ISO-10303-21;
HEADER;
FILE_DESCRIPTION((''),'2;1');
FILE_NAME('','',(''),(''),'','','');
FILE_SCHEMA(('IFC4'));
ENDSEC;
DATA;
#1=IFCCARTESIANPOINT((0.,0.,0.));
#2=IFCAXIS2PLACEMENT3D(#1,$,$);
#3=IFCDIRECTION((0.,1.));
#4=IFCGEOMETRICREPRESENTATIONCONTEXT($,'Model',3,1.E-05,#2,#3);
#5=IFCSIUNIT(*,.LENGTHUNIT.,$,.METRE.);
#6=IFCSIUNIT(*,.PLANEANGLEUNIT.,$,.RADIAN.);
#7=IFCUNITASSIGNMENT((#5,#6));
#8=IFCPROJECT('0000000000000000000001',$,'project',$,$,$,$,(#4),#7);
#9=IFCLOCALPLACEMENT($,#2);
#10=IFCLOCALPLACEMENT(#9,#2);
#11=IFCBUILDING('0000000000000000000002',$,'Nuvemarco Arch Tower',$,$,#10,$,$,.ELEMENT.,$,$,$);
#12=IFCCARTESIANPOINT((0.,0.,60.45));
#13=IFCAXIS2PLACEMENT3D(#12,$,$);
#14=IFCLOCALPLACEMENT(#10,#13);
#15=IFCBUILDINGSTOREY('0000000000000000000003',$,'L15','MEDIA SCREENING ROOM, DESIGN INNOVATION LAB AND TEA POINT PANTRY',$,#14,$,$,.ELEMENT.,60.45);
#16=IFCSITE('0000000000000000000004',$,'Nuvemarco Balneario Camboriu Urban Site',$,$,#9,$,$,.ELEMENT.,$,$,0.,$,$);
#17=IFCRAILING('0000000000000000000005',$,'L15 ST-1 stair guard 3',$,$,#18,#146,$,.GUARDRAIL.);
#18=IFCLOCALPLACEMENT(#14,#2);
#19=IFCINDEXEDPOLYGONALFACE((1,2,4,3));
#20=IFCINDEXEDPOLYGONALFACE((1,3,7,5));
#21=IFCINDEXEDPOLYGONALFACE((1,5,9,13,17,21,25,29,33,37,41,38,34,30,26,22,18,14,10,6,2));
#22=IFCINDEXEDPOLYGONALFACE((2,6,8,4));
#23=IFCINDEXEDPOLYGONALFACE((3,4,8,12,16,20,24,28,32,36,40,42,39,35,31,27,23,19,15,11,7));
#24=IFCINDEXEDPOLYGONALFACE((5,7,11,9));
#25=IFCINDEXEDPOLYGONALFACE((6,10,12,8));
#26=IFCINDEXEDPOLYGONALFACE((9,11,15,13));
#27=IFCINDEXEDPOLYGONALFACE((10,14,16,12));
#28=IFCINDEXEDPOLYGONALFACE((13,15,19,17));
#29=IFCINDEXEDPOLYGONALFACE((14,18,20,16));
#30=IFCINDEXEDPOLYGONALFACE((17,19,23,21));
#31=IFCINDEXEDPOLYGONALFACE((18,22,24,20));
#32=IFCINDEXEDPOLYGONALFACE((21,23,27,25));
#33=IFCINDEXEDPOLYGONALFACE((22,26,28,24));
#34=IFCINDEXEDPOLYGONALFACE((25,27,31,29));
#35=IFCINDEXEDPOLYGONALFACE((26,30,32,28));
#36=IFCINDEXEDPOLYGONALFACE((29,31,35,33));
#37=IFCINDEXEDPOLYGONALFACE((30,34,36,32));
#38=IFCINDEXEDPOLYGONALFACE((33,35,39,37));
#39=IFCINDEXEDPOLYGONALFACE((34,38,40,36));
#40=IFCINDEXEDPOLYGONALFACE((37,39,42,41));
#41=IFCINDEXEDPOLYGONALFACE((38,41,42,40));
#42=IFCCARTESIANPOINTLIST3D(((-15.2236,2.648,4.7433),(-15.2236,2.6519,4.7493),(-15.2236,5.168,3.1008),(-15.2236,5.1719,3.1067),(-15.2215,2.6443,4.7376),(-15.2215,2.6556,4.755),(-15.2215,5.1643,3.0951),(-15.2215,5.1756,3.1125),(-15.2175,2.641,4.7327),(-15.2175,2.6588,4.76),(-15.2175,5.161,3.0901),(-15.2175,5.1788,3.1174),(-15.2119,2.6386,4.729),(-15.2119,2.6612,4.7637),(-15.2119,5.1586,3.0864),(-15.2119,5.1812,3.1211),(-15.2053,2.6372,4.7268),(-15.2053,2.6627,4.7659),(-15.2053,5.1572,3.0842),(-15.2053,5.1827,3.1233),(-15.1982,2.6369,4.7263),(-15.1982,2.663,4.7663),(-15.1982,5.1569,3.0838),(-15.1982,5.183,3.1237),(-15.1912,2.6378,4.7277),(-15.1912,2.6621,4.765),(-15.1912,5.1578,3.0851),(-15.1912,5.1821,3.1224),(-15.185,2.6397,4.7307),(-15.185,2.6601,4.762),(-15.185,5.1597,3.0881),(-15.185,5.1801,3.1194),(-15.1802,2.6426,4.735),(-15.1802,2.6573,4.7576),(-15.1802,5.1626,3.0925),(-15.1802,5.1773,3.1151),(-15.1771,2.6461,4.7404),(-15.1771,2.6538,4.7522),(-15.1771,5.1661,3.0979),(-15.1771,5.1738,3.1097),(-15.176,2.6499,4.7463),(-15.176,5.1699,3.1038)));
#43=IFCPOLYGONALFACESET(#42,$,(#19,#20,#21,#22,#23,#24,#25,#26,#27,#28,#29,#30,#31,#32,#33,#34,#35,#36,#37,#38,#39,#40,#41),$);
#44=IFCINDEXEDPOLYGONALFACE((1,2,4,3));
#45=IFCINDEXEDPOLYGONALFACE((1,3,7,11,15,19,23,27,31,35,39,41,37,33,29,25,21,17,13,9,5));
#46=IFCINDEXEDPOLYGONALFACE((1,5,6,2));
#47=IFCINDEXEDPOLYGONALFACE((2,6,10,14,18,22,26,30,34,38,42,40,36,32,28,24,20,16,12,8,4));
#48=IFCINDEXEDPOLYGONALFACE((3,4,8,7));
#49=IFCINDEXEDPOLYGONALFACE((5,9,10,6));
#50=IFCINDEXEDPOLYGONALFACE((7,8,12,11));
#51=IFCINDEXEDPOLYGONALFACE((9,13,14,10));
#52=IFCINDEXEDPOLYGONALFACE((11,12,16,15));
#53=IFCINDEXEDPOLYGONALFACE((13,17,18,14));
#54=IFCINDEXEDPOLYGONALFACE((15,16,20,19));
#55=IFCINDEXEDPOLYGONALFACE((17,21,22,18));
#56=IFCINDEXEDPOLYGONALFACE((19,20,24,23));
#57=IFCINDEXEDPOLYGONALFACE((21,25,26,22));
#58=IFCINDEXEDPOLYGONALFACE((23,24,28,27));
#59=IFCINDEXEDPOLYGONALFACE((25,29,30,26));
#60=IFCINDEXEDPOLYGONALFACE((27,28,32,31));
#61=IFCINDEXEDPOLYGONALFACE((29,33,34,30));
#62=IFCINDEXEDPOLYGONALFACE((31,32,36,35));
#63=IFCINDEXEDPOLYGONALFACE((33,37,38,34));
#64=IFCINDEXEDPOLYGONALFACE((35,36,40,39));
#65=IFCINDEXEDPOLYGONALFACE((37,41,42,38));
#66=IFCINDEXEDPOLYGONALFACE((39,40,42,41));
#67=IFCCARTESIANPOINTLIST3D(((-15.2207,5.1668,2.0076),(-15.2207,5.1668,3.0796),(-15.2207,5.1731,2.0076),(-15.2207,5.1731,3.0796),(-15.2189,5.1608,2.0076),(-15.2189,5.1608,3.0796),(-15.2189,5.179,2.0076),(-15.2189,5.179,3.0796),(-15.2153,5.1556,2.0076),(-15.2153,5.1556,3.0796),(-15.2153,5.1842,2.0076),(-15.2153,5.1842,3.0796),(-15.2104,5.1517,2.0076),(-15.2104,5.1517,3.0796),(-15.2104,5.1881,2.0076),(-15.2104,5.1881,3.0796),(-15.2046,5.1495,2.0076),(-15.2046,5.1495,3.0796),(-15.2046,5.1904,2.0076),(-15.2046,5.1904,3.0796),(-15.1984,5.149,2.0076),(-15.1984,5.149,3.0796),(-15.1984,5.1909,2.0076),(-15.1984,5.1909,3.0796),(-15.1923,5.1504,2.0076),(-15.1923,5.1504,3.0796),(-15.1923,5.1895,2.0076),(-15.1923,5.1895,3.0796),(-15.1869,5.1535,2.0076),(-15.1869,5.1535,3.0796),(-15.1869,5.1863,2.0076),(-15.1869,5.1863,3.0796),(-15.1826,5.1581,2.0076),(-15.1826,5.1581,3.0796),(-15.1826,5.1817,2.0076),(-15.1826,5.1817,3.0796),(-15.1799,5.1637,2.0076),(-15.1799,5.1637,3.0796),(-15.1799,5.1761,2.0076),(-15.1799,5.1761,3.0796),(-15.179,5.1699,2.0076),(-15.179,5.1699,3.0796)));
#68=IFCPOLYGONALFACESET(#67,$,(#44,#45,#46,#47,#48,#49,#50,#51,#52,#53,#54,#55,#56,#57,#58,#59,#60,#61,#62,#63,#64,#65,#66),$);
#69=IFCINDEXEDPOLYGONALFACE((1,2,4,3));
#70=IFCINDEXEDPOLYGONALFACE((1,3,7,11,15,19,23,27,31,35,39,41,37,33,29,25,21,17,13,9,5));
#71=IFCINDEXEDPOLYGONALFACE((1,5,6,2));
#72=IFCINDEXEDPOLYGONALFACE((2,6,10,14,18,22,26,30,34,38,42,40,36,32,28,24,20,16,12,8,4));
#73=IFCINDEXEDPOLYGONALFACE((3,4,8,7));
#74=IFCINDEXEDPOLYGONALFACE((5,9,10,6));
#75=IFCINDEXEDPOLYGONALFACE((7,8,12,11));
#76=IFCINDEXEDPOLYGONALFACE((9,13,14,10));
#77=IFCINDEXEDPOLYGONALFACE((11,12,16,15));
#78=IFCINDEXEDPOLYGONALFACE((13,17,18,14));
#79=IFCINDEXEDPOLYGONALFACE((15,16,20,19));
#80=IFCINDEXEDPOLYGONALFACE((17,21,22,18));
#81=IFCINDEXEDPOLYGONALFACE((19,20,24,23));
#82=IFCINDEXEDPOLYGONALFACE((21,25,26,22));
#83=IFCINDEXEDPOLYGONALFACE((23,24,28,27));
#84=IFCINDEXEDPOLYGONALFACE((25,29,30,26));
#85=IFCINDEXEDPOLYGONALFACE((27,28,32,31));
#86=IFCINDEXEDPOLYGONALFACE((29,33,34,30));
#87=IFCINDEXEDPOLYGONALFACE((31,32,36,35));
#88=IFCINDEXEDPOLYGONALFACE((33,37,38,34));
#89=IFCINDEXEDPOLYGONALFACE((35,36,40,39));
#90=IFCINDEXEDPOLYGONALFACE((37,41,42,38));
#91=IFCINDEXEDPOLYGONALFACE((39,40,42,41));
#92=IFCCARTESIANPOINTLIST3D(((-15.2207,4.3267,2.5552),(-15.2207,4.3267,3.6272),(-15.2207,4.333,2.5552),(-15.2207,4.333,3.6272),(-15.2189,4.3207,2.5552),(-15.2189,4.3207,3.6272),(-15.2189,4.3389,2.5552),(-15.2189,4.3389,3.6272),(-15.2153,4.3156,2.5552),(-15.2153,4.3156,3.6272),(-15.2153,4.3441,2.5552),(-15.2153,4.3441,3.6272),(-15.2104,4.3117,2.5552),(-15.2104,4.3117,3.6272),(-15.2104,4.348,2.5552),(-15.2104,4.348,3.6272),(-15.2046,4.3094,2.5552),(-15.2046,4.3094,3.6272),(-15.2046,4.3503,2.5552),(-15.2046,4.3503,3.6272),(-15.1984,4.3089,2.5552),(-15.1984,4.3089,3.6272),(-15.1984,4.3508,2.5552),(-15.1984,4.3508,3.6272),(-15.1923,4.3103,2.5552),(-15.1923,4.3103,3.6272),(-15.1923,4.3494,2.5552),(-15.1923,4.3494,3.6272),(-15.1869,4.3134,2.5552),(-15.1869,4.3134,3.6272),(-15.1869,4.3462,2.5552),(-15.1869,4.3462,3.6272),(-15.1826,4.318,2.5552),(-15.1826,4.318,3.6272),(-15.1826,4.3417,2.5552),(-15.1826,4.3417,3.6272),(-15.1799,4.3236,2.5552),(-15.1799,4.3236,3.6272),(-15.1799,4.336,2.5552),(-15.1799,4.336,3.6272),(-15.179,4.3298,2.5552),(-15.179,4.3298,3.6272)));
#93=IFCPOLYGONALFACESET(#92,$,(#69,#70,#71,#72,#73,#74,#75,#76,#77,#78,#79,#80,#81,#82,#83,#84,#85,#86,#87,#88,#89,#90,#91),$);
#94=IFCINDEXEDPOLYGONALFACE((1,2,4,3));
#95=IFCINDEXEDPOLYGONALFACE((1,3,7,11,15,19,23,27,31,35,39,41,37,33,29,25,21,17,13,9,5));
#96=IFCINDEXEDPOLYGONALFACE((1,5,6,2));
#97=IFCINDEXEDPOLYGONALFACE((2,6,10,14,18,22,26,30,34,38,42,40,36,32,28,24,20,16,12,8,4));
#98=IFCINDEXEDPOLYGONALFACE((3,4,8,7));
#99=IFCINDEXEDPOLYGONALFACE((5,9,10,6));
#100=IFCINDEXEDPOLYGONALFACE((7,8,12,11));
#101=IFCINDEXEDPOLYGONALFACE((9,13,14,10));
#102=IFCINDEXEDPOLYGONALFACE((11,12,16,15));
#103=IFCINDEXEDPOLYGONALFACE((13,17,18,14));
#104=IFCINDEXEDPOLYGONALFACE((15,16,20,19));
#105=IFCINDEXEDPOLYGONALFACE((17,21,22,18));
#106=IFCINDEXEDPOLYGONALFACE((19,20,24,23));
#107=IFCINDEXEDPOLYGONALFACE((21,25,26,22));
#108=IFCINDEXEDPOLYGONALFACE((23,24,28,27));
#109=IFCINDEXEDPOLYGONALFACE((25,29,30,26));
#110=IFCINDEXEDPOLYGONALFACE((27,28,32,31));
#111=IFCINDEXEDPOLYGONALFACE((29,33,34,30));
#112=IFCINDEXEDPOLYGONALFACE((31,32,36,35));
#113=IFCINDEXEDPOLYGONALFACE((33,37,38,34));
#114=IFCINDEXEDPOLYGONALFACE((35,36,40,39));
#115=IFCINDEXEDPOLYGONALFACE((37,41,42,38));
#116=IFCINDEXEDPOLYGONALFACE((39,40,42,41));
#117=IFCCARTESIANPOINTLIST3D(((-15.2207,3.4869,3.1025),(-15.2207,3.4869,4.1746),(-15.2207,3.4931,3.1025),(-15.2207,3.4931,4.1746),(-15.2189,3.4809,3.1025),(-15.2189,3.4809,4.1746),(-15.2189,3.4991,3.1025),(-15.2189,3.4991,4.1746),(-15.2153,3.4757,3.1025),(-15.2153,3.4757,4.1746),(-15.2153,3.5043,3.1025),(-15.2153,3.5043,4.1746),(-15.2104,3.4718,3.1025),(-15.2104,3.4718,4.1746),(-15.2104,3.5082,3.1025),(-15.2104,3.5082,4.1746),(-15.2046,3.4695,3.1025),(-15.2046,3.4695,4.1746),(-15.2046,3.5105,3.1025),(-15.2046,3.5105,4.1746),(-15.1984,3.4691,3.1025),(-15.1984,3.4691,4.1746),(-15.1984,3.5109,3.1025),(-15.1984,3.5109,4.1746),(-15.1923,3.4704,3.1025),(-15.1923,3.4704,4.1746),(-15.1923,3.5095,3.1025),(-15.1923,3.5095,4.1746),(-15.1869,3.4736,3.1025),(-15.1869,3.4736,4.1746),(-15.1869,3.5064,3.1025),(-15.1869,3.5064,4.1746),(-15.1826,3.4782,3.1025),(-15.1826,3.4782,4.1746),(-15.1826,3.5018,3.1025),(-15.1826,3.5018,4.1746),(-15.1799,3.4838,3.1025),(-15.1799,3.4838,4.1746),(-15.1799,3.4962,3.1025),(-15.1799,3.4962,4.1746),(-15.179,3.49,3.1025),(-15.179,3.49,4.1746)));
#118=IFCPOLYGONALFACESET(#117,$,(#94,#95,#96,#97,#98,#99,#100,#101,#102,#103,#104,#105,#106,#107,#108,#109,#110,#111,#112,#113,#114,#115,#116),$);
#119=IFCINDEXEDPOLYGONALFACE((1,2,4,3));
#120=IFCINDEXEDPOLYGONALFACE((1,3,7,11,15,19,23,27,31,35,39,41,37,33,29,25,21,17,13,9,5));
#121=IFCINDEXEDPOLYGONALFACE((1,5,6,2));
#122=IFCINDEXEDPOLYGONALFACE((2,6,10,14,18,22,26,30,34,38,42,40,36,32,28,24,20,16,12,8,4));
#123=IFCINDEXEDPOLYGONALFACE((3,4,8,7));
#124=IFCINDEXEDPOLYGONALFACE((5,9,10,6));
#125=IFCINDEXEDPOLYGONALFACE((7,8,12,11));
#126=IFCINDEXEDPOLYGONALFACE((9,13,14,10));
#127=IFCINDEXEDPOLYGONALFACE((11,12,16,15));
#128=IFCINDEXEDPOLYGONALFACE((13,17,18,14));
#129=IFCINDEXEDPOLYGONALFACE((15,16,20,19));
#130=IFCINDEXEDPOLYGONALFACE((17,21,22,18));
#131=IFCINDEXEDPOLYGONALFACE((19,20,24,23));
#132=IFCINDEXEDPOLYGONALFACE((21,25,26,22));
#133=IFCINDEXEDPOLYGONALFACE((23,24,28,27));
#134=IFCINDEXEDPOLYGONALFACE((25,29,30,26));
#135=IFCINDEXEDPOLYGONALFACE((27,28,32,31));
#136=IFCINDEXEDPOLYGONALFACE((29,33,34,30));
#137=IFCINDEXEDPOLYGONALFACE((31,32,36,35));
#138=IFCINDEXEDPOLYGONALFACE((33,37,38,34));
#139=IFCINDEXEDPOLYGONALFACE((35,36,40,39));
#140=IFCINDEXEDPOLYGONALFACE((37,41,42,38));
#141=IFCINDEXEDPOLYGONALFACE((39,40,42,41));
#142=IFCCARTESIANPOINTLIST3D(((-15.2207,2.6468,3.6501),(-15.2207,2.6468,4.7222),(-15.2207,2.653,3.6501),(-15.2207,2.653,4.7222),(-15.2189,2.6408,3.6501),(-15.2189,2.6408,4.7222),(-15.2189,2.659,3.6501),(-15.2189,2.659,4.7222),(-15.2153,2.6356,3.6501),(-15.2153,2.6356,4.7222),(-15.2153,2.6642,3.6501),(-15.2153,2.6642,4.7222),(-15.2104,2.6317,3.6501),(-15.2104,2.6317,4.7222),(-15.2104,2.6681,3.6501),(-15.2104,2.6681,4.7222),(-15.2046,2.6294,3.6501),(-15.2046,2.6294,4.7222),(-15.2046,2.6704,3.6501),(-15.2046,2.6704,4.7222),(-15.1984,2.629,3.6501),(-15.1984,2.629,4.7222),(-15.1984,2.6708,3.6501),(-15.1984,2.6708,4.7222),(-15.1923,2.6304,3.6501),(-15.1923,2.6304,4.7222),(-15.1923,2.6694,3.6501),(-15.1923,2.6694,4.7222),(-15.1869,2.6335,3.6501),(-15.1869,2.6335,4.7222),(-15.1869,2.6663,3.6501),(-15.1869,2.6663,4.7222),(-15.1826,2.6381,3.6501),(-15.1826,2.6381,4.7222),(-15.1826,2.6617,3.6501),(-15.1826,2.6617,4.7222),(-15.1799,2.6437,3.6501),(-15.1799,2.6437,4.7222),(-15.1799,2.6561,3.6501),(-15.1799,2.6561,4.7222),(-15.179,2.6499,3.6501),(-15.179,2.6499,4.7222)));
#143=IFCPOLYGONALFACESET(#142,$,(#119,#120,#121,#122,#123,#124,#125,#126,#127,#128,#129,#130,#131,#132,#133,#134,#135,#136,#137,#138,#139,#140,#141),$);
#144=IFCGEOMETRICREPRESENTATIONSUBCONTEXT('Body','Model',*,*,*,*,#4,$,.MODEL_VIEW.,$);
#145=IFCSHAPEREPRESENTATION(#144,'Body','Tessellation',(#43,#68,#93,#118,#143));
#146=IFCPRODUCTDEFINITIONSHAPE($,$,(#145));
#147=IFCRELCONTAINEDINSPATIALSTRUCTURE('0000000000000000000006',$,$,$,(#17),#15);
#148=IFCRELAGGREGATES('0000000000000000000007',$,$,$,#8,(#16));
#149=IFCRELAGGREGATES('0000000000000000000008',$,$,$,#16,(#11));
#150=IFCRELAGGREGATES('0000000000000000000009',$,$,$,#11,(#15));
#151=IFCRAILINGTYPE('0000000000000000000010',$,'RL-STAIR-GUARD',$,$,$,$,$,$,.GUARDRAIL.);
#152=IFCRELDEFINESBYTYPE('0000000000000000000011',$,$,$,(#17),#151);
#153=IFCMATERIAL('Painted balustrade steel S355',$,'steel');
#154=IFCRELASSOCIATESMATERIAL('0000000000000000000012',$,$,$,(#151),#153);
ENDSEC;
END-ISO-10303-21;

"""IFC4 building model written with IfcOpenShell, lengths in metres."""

from ifc_helpers import new_model, si_unit, direction, frame, origin, origin_2d, place, context, subcontext, project, spatial, circle, extrude, material, type_object, element, save


model = new_model("IFC4")

# Units and contexts
model_context = context("Model", 3, precision=1e-05, world=origin(), true_north=direction((0.0, 1.0)))
body_context = subcontext(model_context, "Body", "Model", "MODEL_VIEW")
ifc_project = project(units=[si_unit("LENGTHUNIT", "METRE"), si_unit("PLANEANGLEUNIT", "RADIAN")], contexts=[model_context])

# Site, building, storey
site_placement = place(None, origin())
site = spatial("IfcSite", under=ifc_project, at=site_placement, Name="Nuvemarco Balneario Camboriu Urban Site", CompositionType="ELEMENT", RefElevation=0.0)
building_placement = place(site_placement, origin())
building = spatial("IfcBuilding", under=site, at=building_placement, Name="Nuvemarco Arch Tower", CompositionType="ELEMENT")
storey_placement = place(building_placement, frame((0.0, 0.0, 60.45)))
storey = spatial("IfcBuildingStorey", under=building, at=storey_placement, Name="L15", Description="MEDIA SCREENING ROOM, DESIGN INNOVATION LAB AND TEA POINT PANTRY", CompositionType="ELEMENT", Elevation=60.45)

# Railing
ifc_material_1 = material(Name="Painted balustrade steel S355", Category="steel")
railing_type_1 = type_object("IfcRailingType", Name="RL-STAIR-GUARD", PredefinedType="GUARDRAIL", material=ifc_material_1)
railing_1_placement = place(storey_placement, frame((-15.2, 5.1699, 2.0076)))
element("IfcRailing", 1, at=railing_1_placement, inside=storey, type_object=railing_type_1, Name="L15 ST-1 stair guard 3", PredefinedType="GUARDRAIL", context=body_context, shape_type="SweptSolid", body=[
    extrude(circle(Radius=0.0239, at=origin_2d()), frame((0.0, 0.0, 1.0962), z_axis=(0.0, -0.837749, 0.546055), x_axis=(1.0, 0.0, 0.0)), (0.0, 0.0, 1.0), 3.0081),
    extrude(circle(Radius=0.021, at=origin_2d()), origin(), (0.0, 0.0, 1.0), 1.072),
    extrude(circle(Radius=0.021, at=origin_2d()), frame((0.0, -0.8401, 0.5476)), (0.0, 0.0, 1.0), 1.072),
    extrude(circle(Radius=0.021, at=origin_2d()), frame((0.0, -1.6799, 1.095)), (0.0, 0.0, 1.0), 1.072),
    extrude(circle(Radius=0.021, at=origin_2d()), frame((0.0, -2.52, 1.6426)), (0.0, 0.0, 1.0), 1.072),
])

save(model, "model.ifc")
